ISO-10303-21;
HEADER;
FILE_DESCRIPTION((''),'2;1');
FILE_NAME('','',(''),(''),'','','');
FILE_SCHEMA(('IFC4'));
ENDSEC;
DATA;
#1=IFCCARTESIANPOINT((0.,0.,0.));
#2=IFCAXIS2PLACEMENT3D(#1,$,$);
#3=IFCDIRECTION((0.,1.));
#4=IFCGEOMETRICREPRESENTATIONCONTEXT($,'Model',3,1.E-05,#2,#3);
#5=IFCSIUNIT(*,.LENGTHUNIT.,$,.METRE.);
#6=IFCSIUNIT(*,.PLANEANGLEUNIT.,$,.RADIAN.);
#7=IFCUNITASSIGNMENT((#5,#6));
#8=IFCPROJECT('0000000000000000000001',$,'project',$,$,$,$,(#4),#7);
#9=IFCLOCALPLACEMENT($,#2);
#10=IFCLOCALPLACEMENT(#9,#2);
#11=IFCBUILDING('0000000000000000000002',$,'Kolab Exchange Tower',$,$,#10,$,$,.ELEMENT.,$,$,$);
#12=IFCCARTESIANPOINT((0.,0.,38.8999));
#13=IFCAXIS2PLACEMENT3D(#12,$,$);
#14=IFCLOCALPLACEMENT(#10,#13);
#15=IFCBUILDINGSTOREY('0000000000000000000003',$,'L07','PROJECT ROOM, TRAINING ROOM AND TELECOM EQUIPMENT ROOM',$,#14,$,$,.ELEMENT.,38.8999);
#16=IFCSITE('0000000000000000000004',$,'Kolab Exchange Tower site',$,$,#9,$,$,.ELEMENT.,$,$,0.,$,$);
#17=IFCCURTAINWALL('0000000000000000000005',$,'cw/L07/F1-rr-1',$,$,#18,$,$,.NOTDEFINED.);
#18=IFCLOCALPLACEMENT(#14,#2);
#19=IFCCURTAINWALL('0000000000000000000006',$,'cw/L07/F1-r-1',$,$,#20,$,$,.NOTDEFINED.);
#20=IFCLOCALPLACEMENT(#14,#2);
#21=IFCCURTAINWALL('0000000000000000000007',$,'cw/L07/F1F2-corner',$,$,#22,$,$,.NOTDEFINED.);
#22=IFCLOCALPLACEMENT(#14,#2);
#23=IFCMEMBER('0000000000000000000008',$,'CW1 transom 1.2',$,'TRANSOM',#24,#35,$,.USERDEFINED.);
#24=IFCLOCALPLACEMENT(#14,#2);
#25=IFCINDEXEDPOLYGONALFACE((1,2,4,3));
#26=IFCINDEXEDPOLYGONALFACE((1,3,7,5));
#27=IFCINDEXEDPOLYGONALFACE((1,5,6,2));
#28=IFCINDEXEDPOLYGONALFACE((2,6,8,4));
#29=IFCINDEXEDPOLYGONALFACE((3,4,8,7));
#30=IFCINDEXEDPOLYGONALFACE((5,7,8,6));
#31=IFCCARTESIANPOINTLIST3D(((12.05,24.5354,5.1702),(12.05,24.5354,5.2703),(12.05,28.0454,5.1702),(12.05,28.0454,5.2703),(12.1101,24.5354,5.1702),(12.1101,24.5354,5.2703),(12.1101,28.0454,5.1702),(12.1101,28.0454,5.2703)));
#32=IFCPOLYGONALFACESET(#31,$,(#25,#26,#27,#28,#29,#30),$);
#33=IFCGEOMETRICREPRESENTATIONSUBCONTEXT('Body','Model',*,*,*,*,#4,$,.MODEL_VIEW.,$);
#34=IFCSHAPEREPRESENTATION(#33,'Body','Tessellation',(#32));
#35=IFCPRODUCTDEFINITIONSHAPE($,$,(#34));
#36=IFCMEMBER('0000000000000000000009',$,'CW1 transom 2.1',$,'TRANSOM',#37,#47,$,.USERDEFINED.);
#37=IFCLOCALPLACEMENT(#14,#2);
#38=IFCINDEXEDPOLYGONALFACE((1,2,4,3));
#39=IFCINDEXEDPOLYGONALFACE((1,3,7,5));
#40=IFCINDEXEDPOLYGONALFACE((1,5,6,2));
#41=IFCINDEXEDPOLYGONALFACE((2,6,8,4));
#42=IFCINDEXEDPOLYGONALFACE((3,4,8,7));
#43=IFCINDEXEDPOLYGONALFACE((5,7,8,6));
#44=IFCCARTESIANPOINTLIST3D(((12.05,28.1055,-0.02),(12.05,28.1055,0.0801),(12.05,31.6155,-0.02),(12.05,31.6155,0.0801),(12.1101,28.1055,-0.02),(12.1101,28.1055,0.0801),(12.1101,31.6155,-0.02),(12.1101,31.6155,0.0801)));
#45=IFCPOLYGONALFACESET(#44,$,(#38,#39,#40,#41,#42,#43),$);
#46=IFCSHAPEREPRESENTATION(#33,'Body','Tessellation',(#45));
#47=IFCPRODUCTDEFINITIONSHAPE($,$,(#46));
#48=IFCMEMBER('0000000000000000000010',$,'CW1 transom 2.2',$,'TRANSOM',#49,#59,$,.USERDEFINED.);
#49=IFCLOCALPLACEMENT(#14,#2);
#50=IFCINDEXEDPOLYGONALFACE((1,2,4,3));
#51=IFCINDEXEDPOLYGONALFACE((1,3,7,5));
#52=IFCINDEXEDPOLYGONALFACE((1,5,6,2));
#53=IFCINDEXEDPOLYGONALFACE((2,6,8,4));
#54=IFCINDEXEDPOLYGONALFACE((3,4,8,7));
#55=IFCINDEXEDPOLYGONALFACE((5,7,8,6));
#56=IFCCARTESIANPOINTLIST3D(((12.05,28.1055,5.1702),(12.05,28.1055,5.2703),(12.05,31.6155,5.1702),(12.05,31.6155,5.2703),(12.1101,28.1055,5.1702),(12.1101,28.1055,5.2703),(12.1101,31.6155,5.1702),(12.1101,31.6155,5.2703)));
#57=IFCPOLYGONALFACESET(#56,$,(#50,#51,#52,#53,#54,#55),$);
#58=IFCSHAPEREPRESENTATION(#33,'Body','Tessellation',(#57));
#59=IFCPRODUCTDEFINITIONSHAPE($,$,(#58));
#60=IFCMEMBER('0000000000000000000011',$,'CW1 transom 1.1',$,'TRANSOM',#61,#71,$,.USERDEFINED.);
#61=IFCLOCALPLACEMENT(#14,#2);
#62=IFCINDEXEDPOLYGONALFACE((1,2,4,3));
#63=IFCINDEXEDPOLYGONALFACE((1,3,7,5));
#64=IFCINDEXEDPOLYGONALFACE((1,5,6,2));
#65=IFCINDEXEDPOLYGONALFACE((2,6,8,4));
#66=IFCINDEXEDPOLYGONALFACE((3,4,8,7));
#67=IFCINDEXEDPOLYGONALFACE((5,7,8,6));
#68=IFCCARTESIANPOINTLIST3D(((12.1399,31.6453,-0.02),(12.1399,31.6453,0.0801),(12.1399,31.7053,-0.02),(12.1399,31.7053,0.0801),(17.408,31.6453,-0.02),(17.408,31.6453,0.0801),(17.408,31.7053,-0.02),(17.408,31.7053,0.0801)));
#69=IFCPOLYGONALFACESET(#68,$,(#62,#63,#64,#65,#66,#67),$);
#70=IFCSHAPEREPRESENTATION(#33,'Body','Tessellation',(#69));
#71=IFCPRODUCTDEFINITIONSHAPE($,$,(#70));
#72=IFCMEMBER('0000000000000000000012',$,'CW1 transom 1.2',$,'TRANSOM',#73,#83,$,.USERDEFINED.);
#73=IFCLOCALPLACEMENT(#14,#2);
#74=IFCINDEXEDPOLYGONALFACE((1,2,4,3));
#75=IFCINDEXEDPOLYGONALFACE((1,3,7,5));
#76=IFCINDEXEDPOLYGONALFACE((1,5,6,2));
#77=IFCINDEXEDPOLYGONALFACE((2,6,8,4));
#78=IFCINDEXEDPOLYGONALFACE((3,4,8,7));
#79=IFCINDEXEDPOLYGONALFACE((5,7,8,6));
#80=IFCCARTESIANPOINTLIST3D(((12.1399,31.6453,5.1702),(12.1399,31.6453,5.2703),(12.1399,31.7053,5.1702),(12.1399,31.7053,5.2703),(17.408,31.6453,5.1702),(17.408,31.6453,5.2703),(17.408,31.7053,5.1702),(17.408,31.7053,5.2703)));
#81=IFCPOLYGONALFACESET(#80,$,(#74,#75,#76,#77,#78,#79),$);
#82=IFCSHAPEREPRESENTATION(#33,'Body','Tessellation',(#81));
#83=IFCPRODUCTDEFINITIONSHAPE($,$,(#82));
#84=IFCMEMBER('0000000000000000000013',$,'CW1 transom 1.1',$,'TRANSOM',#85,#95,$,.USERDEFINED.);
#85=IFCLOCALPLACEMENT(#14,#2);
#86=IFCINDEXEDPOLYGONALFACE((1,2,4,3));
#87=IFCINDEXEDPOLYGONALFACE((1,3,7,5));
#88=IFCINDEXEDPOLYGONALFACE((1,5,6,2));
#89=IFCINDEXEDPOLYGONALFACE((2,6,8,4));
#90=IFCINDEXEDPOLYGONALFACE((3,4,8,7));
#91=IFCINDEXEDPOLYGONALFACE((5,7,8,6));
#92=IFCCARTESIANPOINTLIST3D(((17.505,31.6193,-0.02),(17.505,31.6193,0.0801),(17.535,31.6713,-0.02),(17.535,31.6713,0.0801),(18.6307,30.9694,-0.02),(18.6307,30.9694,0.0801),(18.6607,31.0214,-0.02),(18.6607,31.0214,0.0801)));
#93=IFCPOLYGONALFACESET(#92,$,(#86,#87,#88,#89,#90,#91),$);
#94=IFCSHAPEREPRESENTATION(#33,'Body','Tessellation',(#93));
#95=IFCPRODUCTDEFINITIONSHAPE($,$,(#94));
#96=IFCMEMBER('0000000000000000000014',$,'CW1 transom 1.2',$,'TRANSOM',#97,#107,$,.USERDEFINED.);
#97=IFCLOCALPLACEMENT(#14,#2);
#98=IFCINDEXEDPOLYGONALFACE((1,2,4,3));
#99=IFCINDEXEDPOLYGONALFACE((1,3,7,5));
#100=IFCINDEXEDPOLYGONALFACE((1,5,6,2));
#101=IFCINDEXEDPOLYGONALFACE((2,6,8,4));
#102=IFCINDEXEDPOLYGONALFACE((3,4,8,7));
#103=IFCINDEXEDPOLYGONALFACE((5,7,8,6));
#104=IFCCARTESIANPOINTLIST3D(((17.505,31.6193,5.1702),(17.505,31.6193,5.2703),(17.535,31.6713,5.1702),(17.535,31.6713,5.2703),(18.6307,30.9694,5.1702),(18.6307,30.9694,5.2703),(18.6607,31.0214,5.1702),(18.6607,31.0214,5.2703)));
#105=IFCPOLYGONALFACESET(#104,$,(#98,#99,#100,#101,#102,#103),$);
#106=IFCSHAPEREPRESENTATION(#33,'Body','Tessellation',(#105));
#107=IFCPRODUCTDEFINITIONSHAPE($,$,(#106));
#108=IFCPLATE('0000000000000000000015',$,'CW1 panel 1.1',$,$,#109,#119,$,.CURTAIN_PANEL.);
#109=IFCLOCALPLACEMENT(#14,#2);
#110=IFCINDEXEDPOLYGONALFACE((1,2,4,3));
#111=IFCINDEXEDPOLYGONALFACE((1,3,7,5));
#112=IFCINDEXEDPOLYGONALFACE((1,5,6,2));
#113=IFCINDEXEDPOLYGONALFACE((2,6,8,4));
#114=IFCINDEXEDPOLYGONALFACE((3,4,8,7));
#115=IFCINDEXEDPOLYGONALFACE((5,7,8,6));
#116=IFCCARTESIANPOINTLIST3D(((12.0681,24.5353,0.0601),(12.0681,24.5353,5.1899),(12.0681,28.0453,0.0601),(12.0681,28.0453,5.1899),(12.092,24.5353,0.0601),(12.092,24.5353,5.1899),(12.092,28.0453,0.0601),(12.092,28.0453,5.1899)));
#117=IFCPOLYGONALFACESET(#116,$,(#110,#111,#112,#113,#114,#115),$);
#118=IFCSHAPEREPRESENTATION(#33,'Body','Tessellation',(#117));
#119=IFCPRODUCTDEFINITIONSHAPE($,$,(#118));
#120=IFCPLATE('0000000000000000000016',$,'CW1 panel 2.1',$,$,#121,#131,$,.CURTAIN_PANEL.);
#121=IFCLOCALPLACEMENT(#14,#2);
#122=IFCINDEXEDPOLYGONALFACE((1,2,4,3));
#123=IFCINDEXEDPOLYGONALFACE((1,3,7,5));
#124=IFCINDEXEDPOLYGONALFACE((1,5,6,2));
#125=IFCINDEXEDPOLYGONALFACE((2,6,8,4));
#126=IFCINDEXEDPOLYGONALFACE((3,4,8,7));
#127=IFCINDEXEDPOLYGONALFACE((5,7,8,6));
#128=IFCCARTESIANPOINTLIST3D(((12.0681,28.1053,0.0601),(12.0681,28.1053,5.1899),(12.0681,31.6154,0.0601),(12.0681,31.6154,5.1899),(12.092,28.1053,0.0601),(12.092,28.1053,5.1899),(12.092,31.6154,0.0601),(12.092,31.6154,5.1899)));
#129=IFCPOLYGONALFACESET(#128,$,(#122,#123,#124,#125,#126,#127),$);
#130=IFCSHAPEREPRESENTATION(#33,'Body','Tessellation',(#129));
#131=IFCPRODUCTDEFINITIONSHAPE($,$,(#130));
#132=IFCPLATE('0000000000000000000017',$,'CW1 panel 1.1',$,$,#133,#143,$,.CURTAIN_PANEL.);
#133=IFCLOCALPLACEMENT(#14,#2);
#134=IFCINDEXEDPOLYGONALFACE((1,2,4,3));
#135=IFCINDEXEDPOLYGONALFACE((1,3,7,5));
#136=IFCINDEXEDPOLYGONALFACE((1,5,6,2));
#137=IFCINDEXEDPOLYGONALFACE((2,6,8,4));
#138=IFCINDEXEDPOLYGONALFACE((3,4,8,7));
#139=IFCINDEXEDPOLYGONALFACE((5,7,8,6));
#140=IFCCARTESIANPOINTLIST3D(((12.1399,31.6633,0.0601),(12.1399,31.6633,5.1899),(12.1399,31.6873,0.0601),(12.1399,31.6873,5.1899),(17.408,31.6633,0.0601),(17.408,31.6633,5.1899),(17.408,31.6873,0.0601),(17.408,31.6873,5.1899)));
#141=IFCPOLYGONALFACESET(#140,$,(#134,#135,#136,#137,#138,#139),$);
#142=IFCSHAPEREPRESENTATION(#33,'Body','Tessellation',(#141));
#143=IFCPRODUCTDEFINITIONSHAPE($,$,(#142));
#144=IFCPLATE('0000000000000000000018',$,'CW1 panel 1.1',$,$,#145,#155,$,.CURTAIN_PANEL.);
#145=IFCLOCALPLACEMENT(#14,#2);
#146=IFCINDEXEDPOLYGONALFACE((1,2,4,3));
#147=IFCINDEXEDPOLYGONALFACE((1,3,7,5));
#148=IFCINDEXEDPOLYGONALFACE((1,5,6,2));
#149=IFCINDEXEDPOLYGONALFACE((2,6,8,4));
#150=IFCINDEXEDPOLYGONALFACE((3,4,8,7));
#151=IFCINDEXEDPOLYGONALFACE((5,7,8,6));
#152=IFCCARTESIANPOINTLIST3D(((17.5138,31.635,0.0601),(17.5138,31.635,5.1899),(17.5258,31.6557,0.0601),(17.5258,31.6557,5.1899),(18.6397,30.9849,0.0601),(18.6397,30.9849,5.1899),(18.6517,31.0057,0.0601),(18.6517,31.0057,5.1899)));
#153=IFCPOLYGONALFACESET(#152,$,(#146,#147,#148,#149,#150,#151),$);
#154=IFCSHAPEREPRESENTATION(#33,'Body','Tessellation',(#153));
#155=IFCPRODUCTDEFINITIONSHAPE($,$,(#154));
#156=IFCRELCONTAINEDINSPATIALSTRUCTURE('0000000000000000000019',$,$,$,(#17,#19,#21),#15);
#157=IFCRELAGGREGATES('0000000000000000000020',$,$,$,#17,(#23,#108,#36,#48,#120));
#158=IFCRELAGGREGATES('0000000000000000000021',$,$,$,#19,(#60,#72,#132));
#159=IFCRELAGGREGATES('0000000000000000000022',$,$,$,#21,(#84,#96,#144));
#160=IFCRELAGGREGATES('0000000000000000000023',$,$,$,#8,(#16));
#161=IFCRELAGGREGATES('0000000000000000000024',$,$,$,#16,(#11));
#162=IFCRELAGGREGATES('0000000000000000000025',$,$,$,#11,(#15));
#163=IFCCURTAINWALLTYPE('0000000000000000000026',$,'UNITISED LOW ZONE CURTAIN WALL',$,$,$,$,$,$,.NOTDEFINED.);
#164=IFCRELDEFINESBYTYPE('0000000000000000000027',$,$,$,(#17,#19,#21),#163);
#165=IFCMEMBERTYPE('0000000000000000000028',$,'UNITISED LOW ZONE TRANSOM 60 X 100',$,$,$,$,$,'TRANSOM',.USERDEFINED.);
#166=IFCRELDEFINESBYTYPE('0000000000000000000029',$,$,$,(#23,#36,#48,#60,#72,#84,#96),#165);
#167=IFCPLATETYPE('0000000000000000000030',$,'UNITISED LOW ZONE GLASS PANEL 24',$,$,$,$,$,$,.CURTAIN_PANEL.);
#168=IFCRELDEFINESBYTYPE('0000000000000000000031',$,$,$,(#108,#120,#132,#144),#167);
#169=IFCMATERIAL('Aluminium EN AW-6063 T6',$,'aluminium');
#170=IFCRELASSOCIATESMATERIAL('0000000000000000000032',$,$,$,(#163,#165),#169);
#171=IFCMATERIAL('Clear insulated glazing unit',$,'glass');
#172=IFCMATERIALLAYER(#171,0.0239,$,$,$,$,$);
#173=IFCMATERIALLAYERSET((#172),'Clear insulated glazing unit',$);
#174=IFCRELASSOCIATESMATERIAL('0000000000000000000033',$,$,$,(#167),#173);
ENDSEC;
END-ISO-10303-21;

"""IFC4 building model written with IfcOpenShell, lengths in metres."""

from ifc_helpers import new_model, si_unit, direction, frame, origin, origin_2d, place, context, subcontext, project, spatial, rectangle, extrude, material, layer, layer_set, material_profile, profile_set, type_object, element, aggregate, save


model = new_model("IFC4")

# Units and contexts
model_context = context("Model", 3, precision=1e-05, world=origin(), true_north=direction((0.0, 1.0)))
body_context = subcontext(model_context, "Body", "Model", "MODEL_VIEW")
ifc_project = project(units=[si_unit("LENGTHUNIT", "METRE"), si_unit("PLANEANGLEUNIT", "RADIAN")], contexts=[model_context])

# Site, building, storey
site_placement = place(None, origin())
site = spatial("IfcSite", under=ifc_project, at=site_placement, Name="Kolab Exchange Tower site", CompositionType="ELEMENT", RefElevation=0.0)
building_placement = place(site_placement, origin())
building = spatial("IfcBuilding", under=site, at=building_placement, Name="Kolab Exchange Tower", CompositionType="ELEMENT")
storey_placement = place(building_placement, frame((0.0, 0.0, 38.8999)))
storey = spatial("IfcBuildingStorey", under=building, at=storey_placement, Name="L07", Description="PROJECT ROOM, TRAINING ROOM AND TELECOM EQUIPMENT ROOM", CompositionType="ELEMENT", Elevation=38.8999)

# Curtain walls
ifc_material_1 = material(Name="Aluminium EN AW-6063 T6", Category="aluminium")
curtain_wall_type = type_object("IfcCurtainWallType", Name="UNITISED LOW ZONE CURTAIN WALL", PredefinedType="NOTDEFINED", material=ifc_material_1)
curtain_wall_1_placement = place(storey_placement, origin())
curtain_wall_1 = element("IfcCurtainWall", 1, at=curtain_wall_1_placement, inside=storey, type_object=curtain_wall_type, Name="cw/L07/F1-rr-1", PredefinedType="NOTDEFINED")
curtain_wall_2_placement = place(storey_placement, origin())
curtain_wall_2 = element("IfcCurtainWall", 2, at=curtain_wall_2_placement, inside=storey, type_object=curtain_wall_type, Name="cw/L07/F1-r-1", PredefinedType="NOTDEFINED")
curtain_wall_3_placement = place(storey_placement, origin())
curtain_wall_3 = element("IfcCurtainWall", 3, at=curtain_wall_3_placement, inside=storey, type_object=curtain_wall_type, Name="cw/L07/F1F2-corner", PredefinedType="NOTDEFINED")

# Members
ifc_material_profile_1 = material_profile(ifc_material_1, rectangle(XDim=0.0601, YDim=0.1001, at=origin_2d()), Name="RECT 60X100")
ifc_profile_set_1 = profile_set([ifc_material_profile_1], Name="Aluminium EN AW-6063 T6")
member_type_1 = type_object("IfcMemberType", Name="UNITISED LOW ZONE TRANSOM 60 X 100", ElementType="TRANSOM", PredefinedType="USERDEFINED", material=ifc_profile_set_1)
member_1_placement = place(storey_placement, frame((12.0801, 24.5354, 5.2202), z_axis=(0.0, 1.0, 0.0), x_axis=(-1.0, 0.0, 0.0)))
member_1 = element("IfcMember", 4, at=member_1_placement, type_object=member_type_1, Name="CW1 transom 1.2", ObjectType="TRANSOM", PredefinedType="USERDEFINED", context=body_context, shape_type="SweptSolid", body=[
    extrude(rectangle(XDim=0.0601, YDim=0.1001, at=origin_2d()), origin(), (0.0, 0.0, 1.0), 3.51),
])
member_2_placement = place(storey_placement, frame((12.0801, 28.1055, 0.03), z_axis=(0.0, 1.0, 0.0), x_axis=(-1.0, 0.0, 0.0)))
member_2 = element("IfcMember", 5, at=member_2_placement, type_object=member_type_1, Name="CW1 transom 2.1", ObjectType="TRANSOM", PredefinedType="USERDEFINED", context=body_context, shape_type="SweptSolid", body=[
    extrude(rectangle(XDim=0.0601, YDim=0.1001, at=origin_2d()), origin(), (0.0, 0.0, 1.0), 3.51),
])
member_3_placement = place(storey_placement, frame((12.0801, 28.1055, 5.2202), z_axis=(0.0, 1.0, 0.0), x_axis=(-1.0, 0.0, 0.0)))
member_3 = element("IfcMember", 6, at=member_3_placement, type_object=member_type_1, Name="CW1 transom 2.2", ObjectType="TRANSOM", PredefinedType="USERDEFINED", context=body_context, shape_type="SweptSolid", body=[
    extrude(rectangle(XDim=0.0601, YDim=0.1001, at=origin_2d()), origin(), (0.0, 0.0, 1.0), 3.51),
])
member_4_placement = place(storey_placement, frame((12.1399, 31.6753, 0.03), z_axis=(1.0, 0.0, 0.0), x_axis=(0.0, 1.0, 0.0)))
member_4 = element("IfcMember", 7, at=member_4_placement, type_object=member_type_1, Name="CW1 transom 1.1", ObjectType="TRANSOM", PredefinedType="USERDEFINED", context=body_context, shape_type="SweptSolid", body=[
    extrude(rectangle(XDim=0.0601, YDim=0.1001, at=origin_2d()), origin(), (0.0, 0.0, 1.0), 5.2681),
])
member_5_placement = place(storey_placement, frame((12.1399, 31.6753, 5.2202), z_axis=(1.0, 0.0, 0.0), x_axis=(0.0, 1.0, 0.0)))
member_5 = element("IfcMember", 8, at=member_5_placement, type_object=member_type_1, Name="CW1 transom 1.2", ObjectType="TRANSOM", PredefinedType="USERDEFINED", context=body_context, shape_type="SweptSolid", body=[
    extrude(rectangle(XDim=0.0601, YDim=0.1001, at=origin_2d()), origin(), (0.0, 0.0, 1.0), 5.2681),
])
member_6_placement = place(storey_placement, frame((17.52, 31.6453, 0.03), z_axis=(0.866039, -0.499977, 0.0), x_axis=(0.499977, 0.866039, 0.0)))
member_6 = element("IfcMember", 9, at=member_6_placement, type_object=member_type_1, Name="CW1 transom 1.1", ObjectType="TRANSOM", PredefinedType="USERDEFINED", context=body_context, shape_type="SweptSolid", body=[
    extrude(rectangle(XDim=0.0601, YDim=0.1001, at=origin_2d()), origin(), (0.0, 0.0, 1.0), 1.2998),
])
member_7_placement = place(storey_placement, frame((17.52, 31.6453, 5.2202), z_axis=(0.866039, -0.499977, 0.0), x_axis=(0.499977, 0.866039, 0.0)))
member_7 = element("IfcMember", 10, at=member_7_placement, type_object=member_type_1, Name="CW1 transom 1.2", ObjectType="TRANSOM", PredefinedType="USERDEFINED", context=body_context, shape_type="SweptSolid", body=[
    extrude(rectangle(XDim=0.0601, YDim=0.1001, at=origin_2d()), origin(), (0.0, 0.0, 1.0), 1.2998),
])

# Plates
ifc_material_2 = material(Name="Clear insulated glazing unit", Category="glass")
ifc_layer = layer(ifc_material_2, 0.0239)
ifc_layer_set = layer_set([ifc_layer], Name="Clear insulated glazing unit")
plate_type = type_object("IfcPlateType", Name="UNITISED LOW ZONE GLASS PANEL 24", PredefinedType="CURTAIN_PANEL", material=ifc_layer_set)
plate_1_placement = place(storey_placement, frame((12.0801, 26.2903, 0.0601), z_axis=(0.0, 0.0, 1.0), x_axis=(0.0, 1.0, 0.0)))
plate_1 = element("IfcPlate", 11, at=plate_1_placement, type_object=plate_type, Name="CW1 panel 1.1", PredefinedType="CURTAIN_PANEL", context=body_context, shape_type="SweptSolid", body=[
    extrude(rectangle(XDim=3.51, YDim=0.0239, at=origin_2d()), origin(), (0.0, 0.0, 1.0), 5.1299),
])
plate_2_placement = place(storey_placement, frame((12.0801, 29.8604, 0.0601), z_axis=(0.0, 0.0, 1.0), x_axis=(0.0, 1.0, 0.0)))
plate_2 = element("IfcPlate", 12, at=plate_2_placement, type_object=plate_type, Name="CW1 panel 2.1", PredefinedType="CURTAIN_PANEL", context=body_context, shape_type="SweptSolid", body=[
    extrude(rectangle(XDim=3.51, YDim=0.0239, at=origin_2d()), origin(), (0.0, 0.0, 1.0), 5.1299),
])
aggregate(curtain_wall_1, [member_1, plate_1, member_2, member_3, plate_2])
plate_3_placement = place(storey_placement, frame((14.7739, 31.6753, 0.0601), z_axis=(0.0, 0.0, 1.0), x_axis=(1.0, 0.0, 0.0)))
plate_3 = element("IfcPlate", 13, at=plate_3_placement, type_object=plate_type, Name="CW1 panel 1.1", PredefinedType="CURTAIN_PANEL", context=body_context, shape_type="SweptSolid", body=[
    extrude(rectangle(XDim=5.2681, YDim=0.0239, at=origin_2d()), origin(), (0.0, 0.0, 1.0), 5.1299),
])
aggregate(curtain_wall_2, [member_4, member_5, plate_3])
plate_4_placement = place(storey_placement, frame((18.0828, 31.3203, 0.0601), z_axis=(0.0, 0.0, 1.0), x_axis=(0.866025, -0.5, 0.0)))
plate_4 = element("IfcPlate", 14, at=plate_4_placement, type_object=plate_type, Name="CW1 panel 1.1", PredefinedType="CURTAIN_PANEL", context=body_context, shape_type="SweptSolid", body=[
    extrude(rectangle(XDim=1.3, YDim=0.0239, at=origin_2d()), origin(), (0.0, 0.0, 1.0), 5.1299),
])
aggregate(curtain_wall_3, [member_6, member_7, plate_4])

save(model, "model.ifc")
